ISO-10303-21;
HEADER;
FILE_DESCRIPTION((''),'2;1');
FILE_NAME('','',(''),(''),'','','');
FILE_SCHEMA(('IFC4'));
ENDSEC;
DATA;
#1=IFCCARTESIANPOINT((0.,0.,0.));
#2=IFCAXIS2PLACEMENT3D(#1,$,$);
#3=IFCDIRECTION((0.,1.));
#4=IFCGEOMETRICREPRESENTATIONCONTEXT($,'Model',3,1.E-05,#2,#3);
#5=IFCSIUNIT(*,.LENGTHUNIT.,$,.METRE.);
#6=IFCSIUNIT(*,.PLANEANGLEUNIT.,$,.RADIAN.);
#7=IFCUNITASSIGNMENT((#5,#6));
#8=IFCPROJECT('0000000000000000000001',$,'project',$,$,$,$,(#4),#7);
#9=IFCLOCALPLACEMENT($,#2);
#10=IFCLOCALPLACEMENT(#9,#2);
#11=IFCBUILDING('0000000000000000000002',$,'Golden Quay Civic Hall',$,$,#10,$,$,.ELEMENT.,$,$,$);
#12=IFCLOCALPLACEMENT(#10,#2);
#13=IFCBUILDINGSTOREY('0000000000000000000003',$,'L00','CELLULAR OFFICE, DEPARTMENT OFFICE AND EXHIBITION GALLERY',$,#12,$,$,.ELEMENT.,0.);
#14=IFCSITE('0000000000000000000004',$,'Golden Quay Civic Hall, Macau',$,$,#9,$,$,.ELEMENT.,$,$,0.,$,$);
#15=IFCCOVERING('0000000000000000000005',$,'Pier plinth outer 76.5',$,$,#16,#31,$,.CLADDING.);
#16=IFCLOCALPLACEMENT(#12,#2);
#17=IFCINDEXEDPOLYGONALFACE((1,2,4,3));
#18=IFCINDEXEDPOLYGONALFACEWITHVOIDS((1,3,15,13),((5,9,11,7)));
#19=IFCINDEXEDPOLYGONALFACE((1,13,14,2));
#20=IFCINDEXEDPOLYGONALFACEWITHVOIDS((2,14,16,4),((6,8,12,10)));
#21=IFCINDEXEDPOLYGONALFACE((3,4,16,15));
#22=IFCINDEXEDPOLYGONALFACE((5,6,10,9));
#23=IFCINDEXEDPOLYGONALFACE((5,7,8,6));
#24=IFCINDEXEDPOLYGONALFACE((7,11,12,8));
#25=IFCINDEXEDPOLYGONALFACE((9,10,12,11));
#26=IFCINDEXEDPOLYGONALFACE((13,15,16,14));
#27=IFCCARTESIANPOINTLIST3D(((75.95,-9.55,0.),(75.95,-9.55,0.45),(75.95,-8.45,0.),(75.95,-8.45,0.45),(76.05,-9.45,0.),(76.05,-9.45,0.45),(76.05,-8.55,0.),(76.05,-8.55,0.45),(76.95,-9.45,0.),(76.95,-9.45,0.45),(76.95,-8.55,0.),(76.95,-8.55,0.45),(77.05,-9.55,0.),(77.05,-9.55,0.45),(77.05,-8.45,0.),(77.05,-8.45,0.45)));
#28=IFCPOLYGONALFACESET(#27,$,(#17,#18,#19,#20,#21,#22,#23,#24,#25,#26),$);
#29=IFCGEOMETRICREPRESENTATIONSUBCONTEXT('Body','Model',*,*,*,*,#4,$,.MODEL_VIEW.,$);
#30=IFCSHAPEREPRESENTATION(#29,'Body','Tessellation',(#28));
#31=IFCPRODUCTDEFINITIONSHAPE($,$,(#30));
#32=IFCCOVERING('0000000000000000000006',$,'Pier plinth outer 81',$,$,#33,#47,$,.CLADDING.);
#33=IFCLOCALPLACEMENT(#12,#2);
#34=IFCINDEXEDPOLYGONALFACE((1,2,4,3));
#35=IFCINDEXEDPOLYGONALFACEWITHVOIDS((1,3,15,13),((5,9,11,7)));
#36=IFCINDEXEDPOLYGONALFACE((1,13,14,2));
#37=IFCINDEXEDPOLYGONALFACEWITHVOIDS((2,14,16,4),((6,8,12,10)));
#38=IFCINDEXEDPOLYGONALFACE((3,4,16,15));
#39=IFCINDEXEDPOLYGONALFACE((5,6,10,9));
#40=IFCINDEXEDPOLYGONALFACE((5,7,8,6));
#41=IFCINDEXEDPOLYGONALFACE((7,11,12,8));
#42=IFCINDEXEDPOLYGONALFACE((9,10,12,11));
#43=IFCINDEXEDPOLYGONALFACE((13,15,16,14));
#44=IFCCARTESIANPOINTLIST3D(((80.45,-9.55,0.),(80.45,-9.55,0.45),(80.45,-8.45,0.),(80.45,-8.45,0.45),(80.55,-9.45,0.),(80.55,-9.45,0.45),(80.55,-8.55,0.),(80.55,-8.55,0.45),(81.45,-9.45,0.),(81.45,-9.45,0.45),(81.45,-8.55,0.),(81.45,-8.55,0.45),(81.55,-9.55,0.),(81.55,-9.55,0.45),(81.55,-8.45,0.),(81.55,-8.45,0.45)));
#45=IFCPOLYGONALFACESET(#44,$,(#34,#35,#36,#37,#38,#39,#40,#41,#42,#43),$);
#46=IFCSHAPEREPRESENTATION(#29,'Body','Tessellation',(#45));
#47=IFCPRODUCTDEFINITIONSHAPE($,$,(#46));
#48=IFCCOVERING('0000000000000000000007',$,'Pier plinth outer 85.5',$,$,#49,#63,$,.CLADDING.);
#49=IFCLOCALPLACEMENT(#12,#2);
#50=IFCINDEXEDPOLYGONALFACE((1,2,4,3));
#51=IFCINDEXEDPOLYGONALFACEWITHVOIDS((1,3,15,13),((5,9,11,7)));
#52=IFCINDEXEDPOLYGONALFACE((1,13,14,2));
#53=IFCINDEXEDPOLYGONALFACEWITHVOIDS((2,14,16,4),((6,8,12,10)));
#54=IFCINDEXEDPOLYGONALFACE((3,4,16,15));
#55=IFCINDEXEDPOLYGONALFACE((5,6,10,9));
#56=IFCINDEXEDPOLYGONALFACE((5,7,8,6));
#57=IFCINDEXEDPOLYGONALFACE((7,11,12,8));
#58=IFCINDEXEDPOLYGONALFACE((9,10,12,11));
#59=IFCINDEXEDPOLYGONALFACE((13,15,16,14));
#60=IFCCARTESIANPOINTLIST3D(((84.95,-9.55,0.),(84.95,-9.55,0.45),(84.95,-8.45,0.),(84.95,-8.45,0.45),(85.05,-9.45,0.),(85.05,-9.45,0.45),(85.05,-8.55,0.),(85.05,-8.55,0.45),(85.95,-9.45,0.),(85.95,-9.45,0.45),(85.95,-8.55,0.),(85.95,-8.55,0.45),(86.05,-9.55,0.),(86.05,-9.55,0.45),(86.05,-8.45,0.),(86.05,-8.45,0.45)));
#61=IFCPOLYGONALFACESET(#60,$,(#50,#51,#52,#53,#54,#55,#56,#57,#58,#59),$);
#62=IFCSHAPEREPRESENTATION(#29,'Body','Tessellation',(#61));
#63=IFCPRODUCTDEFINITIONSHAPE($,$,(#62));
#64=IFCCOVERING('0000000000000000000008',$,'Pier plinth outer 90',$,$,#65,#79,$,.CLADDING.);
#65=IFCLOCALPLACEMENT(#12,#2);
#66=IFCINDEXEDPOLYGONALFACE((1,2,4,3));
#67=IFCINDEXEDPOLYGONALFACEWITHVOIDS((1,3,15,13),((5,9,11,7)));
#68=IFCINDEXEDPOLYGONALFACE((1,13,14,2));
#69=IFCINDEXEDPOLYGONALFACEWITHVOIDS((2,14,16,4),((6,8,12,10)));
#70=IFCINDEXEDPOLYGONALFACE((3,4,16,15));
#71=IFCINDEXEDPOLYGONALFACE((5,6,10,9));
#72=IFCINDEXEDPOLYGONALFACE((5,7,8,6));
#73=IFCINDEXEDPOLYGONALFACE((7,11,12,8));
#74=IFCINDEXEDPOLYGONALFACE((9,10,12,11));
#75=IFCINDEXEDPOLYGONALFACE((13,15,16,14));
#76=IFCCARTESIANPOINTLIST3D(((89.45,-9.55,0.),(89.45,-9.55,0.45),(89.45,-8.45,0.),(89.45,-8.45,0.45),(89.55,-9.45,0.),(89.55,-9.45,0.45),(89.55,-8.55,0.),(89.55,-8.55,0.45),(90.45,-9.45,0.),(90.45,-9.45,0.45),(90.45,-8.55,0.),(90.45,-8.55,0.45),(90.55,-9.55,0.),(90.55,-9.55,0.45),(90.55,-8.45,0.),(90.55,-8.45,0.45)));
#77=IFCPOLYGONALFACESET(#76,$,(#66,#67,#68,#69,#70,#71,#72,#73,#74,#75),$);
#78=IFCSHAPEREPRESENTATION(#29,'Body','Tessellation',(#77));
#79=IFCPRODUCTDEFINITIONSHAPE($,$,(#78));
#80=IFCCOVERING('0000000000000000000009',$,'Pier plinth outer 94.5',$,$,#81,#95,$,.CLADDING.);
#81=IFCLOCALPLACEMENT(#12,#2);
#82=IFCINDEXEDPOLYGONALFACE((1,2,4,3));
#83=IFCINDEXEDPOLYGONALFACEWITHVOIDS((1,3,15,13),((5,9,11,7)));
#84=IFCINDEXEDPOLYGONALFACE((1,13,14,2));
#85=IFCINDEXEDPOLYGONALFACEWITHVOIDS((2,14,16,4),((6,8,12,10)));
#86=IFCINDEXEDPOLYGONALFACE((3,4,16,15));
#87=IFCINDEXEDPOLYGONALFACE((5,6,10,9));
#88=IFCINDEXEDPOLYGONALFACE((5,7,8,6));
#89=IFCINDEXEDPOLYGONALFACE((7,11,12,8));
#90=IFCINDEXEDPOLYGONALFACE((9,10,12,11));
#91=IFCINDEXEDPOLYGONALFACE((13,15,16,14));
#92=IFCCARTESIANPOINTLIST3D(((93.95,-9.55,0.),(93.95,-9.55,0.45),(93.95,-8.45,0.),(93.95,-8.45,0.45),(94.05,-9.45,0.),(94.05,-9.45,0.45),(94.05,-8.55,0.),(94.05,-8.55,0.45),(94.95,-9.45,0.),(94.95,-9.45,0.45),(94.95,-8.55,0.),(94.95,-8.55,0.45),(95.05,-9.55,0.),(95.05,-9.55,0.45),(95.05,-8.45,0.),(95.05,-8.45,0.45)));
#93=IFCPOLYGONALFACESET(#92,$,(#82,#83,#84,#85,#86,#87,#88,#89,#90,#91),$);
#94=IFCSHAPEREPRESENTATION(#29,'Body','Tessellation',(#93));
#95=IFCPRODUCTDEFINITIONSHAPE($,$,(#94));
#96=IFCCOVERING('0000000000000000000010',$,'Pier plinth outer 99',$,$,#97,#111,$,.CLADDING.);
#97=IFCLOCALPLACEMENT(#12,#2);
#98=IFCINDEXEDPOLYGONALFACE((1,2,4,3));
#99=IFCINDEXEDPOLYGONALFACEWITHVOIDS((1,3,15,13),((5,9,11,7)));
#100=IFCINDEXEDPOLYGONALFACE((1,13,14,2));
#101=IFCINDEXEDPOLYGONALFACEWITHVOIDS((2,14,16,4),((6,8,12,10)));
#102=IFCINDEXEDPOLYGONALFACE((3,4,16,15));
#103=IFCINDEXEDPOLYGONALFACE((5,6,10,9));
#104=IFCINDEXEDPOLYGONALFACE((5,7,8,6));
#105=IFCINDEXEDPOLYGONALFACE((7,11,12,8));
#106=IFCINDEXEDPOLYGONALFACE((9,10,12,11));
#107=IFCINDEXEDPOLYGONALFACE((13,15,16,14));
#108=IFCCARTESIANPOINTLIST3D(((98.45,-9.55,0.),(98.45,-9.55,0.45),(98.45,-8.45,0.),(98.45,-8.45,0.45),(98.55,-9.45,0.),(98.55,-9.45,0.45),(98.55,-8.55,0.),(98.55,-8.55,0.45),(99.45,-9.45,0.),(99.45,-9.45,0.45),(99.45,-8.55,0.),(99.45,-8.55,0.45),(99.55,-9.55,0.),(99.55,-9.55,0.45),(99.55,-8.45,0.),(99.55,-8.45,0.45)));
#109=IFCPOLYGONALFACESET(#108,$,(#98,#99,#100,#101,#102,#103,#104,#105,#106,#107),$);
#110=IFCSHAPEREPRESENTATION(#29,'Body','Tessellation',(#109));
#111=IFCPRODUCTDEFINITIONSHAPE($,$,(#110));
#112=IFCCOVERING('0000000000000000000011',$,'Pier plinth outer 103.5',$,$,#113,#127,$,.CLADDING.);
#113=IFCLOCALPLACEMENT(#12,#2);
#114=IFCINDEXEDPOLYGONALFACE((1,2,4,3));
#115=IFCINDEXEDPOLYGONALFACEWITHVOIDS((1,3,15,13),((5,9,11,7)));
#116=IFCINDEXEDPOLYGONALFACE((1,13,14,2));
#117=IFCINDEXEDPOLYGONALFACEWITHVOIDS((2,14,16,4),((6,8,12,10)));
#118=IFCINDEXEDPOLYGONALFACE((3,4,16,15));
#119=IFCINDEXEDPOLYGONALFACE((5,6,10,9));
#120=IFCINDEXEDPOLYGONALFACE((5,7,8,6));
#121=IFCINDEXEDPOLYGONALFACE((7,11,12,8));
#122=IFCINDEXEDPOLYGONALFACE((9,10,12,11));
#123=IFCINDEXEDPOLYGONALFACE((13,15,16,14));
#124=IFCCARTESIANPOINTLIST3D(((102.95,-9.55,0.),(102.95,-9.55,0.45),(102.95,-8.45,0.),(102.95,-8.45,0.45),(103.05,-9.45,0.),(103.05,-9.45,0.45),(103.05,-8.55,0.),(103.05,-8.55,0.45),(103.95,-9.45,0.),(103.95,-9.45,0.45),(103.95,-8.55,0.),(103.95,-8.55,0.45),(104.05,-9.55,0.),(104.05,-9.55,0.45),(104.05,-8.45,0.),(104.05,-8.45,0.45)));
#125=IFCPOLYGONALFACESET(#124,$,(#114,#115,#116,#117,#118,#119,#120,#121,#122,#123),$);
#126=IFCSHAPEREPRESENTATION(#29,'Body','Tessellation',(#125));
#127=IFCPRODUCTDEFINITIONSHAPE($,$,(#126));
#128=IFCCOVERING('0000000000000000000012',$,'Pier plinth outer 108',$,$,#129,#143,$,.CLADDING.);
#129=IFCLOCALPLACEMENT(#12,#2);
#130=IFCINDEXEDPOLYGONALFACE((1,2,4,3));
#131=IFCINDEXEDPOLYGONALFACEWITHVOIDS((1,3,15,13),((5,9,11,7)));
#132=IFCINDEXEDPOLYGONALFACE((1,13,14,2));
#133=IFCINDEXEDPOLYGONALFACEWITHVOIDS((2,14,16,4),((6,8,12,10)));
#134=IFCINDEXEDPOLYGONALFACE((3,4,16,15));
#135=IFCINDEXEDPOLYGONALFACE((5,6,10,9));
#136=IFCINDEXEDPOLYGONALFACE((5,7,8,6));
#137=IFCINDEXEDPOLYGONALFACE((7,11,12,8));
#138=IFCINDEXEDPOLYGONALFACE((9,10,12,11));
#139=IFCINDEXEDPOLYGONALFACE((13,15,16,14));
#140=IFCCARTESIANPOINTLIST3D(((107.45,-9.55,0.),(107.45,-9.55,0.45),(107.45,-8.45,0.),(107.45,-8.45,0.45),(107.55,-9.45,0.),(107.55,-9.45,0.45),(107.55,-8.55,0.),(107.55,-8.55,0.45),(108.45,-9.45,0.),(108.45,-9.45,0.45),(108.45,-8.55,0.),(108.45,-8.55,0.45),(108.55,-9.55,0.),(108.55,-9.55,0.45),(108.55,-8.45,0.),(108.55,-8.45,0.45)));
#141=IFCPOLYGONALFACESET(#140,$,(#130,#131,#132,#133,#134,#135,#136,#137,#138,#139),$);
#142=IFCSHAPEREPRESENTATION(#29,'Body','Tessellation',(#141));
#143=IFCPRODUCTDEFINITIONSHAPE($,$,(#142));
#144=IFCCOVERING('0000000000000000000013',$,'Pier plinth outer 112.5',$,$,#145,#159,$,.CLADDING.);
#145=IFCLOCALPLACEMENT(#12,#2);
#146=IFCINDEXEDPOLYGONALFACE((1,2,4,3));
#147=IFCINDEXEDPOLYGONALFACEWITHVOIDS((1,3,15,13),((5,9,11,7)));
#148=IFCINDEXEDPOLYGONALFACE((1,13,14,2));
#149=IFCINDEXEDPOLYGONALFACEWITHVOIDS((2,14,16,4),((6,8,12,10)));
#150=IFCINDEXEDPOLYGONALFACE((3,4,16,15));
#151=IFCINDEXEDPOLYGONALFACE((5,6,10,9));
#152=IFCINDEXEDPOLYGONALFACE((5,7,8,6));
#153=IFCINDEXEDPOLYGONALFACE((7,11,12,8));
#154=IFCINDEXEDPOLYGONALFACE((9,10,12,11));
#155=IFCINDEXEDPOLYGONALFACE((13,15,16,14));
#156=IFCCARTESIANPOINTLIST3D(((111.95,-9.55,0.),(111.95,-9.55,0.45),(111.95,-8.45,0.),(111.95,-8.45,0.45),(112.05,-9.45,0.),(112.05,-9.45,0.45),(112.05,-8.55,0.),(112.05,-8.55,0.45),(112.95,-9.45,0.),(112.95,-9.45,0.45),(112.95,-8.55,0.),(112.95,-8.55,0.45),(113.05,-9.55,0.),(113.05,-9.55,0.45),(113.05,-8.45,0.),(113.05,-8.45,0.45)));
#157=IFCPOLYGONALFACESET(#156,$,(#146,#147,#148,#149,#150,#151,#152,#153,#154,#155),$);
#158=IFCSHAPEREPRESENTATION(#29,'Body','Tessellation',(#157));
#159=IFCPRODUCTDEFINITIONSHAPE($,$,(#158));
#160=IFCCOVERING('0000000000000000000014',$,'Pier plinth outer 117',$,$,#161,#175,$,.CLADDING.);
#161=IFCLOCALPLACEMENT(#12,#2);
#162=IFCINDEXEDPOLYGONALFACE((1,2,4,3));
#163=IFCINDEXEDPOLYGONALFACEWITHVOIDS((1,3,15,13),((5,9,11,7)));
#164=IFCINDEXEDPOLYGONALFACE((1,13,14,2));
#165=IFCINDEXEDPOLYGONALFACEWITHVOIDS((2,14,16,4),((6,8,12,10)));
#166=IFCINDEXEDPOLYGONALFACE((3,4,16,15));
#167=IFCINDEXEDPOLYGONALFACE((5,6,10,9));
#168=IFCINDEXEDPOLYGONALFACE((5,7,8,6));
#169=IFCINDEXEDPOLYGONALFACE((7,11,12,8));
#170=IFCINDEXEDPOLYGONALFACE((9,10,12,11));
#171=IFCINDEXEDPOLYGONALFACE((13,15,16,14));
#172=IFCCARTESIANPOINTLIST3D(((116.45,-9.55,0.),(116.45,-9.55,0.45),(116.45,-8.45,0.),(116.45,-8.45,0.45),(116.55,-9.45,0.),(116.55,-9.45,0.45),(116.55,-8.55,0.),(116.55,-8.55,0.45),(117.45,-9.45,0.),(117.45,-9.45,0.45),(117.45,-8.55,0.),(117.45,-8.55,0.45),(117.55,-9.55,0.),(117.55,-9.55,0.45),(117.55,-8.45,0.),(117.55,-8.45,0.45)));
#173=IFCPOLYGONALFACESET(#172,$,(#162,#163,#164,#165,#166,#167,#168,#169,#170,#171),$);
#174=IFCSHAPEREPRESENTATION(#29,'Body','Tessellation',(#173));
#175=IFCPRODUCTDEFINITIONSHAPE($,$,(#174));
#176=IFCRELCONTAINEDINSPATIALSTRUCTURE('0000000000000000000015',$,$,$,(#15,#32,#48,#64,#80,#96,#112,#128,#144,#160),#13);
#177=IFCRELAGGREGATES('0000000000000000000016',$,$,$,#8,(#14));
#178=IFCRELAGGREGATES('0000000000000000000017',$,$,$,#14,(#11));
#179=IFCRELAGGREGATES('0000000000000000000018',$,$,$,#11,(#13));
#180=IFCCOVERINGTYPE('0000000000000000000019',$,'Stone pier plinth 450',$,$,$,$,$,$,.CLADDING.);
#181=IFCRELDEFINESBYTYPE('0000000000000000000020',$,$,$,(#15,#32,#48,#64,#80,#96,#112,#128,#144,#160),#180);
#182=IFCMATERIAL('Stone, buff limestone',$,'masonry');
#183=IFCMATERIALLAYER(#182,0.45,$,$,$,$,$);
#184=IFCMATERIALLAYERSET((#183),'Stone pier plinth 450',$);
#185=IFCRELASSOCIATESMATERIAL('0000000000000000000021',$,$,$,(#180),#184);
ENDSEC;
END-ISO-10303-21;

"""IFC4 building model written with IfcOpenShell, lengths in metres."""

from ifc_helpers import new_model, si_unit, direction, origin, place, context, subcontext, project, spatial, polyline, outline, extrude, material, layer, layer_set, type_object, element, save


model = new_model("IFC4")

# Units and contexts
model_context = context("Model", 3, precision=1e-05, world=origin(), true_north=direction((0.0, 1.0)))
body_context = subcontext(model_context, "Body", "Model", "MODEL_VIEW")
ifc_project = project(units=[si_unit("LENGTHUNIT", "METRE"), si_unit("PLANEANGLEUNIT", "RADIAN")], contexts=[model_context])

# Site, building, storey
site_placement = place(None, origin())
site = spatial("IfcSite", under=ifc_project, at=site_placement, Name="Golden Quay Civic Hall, Macau", CompositionType="ELEMENT", RefElevation=0.0)
building_placement = place(site_placement, origin())
building = spatial("IfcBuilding", under=site, at=building_placement, Name="Golden Quay Civic Hall", CompositionType="ELEMENT")
storey_placement = place(building_placement, origin())
storey = spatial("IfcBuildingStorey", under=building, at=storey_placement, Name="L00", Description="CELLULAR OFFICE, DEPARTMENT OFFICE AND EXHIBITION GALLERY", CompositionType="ELEMENT", Elevation=0.0)

# Coverings
ifc_material_1 = material(Name="Stone, buff limestone", Category="masonry")
ifc_layer_1 = layer(ifc_material_1, 0.45)
ifc_layer_set_1 = layer_set([ifc_layer_1], Name="Stone pier plinth 450")
covering_type = type_object("IfcCoveringType", Name="Stone pier plinth 450", PredefinedType="CLADDING", material=ifc_layer_set_1)
covering_1_placement = place(storey_placement, origin())
element("IfcCovering", 1, at=covering_1_placement, inside=storey, type_object=covering_type, Name="Pier plinth outer 76.5", PredefinedType="CLADDING", context=body_context, shape_type="SweptSolid", body=[
    extrude(outline(polyline([(75.95, -9.55), (77.05, -9.55), (77.05, -8.45), (75.95, -8.45), (75.95, -9.55)]), holes=[polyline([(76.05, -9.45), (76.95, -9.45), (76.95, -8.55), (76.05, -8.55), (76.05, -9.45)])]), origin(), (0.0, 0.0, 1.0), 0.45),
])
covering_2_placement = place(storey_placement, origin())
element("IfcCovering", 2, at=covering_2_placement, inside=storey, type_object=covering_type, Name="Pier plinth outer 81", PredefinedType="CLADDING", context=body_context, shape_type="SweptSolid", body=[
    extrude(outline(polyline([(80.45, -9.55), (81.55, -9.55), (81.55, -8.45), (80.45, -8.45), (80.45, -9.55)]), holes=[polyline([(80.55, -9.45), (81.45, -9.45), (81.45, -8.55), (80.55, -8.55), (80.55, -9.45)])]), origin(), (0.0, 0.0, 1.0), 0.45),
])
covering_3_placement = place(storey_placement, origin())
element("IfcCovering", 3, at=covering_3_placement, inside=storey, type_object=covering_type, Name="Pier plinth outer 85.5", PredefinedType="CLADDING", context=body_context, shape_type="SweptSolid", body=[
    extrude(outline(polyline([(84.95, -9.55), (86.05, -9.55), (86.05, -8.45), (84.95, -8.45), (84.95, -9.55)]), holes=[polyline([(85.05, -9.45), (85.95, -9.45), (85.95, -8.55), (85.05, -8.55), (85.05, -9.45)])]), origin(), (0.0, 0.0, 1.0), 0.45),
])
covering_4_placement = place(storey_placement, origin())
element("IfcCovering", 4, at=covering_4_placement, inside=storey, type_object=covering_type, Name="Pier plinth outer 90", PredefinedType="CLADDING", context=body_context, shape_type="SweptSolid", body=[
    extrude(outline(polyline([(89.45, -9.55), (90.55, -9.55), (90.55, -8.45), (89.45, -8.45), (89.45, -9.55)]), holes=[polyline([(89.55, -9.45), (90.45, -9.45), (90.45, -8.55), (89.55, -8.55), (89.55, -9.45)])]), origin(), (0.0, 0.0, 1.0), 0.45),
])
covering_5_placement = place(storey_placement, origin())
element("IfcCovering", 5, at=covering_5_placement, inside=storey, type_object=covering_type, Name="Pier plinth outer 94.5", PredefinedType="CLADDING", context=body_context, shape_type="SweptSolid", body=[
    extrude(outline(polyline([(93.95, -9.55), (95.05, -9.55), (95.05, -8.45), (93.95, -8.45), (93.95, -9.55)]), holes=[polyline([(94.05, -9.45), (94.95, -9.45), (94.95, -8.55), (94.05, -8.55), (94.05, -9.45)])]), origin(), (0.0, 0.0, 1.0), 0.45),
])
covering_6_placement = place(storey_placement, origin())
element("IfcCovering", 6, at=covering_6_placement, inside=storey, type_object=covering_type, Name="Pier plinth outer 99", PredefinedType="CLADDING", context=body_context, shape_type="SweptSolid", body=[
    extrude(outline(polyline([(98.45, -9.55), (99.55, -9.55), (99.55, -8.45), (98.45, -8.45), (98.45, -9.55)]), holes=[polyline([(98.55, -9.45), (99.45, -9.45), (99.45, -8.55), (98.55, -8.55), (98.55, -9.45)])]), origin(), (0.0, 0.0, 1.0), 0.45),
])
covering_7_placement = place(storey_placement, origin())
element("IfcCovering", 7, at=covering_7_placement, inside=storey, type_object=covering_type, Name="Pier plinth outer 103.5", PredefinedType="CLADDING", context=body_context, shape_type="SweptSolid", body=[
    extrude(outline(polyline([(102.95, -9.55), (104.05, -9.55), (104.05, -8.45), (102.95, -8.45), (102.95, -9.55)]), holes=[polyline([(103.05, -9.45), (103.95, -9.45), (103.95, -8.55), (103.05, -8.55), (103.05, -9.45)])]), origin(), (0.0, 0.0, 1.0), 0.45),
])
covering_8_placement = place(storey_placement, origin())
element("IfcCovering", 8, at=covering_8_placement, inside=storey, type_object=covering_type, Name="Pier plinth outer 108", PredefinedType="CLADDING", context=body_context, shape_type="SweptSolid", body=[
    extrude(outline(polyline([(107.45, -9.55), (108.55, -9.55), (108.55, -8.45), (107.45, -8.45), (107.45, -9.55)]), holes=[polyline([(107.55, -9.45), (108.45, -9.45), (108.45, -8.55), (107.55, -8.55), (107.55, -9.45)])]), origin(), (0.0, 0.0, 1.0), 0.45),
])
covering_9_placement = place(storey_placement, origin())
element("IfcCovering", 9, at=covering_9_placement, inside=storey, type_object=covering_type, Name="Pier plinth outer 112.5", PredefinedType="CLADDING", context=body_context, shape_type="SweptSolid", body=[
    extrude(outline(polyline([(111.95, -9.55), (113.05, -9.55), (113.05, -8.45), (111.95, -8.45), (111.95, -9.55)]), holes=[polyline([(112.05, -9.45), (112.95, -9.45), (112.95, -8.55), (112.05, -8.55), (112.05, -9.45)])]), origin(), (0.0, 0.0, 1.0), 0.45),
])
covering_10_placement = place(storey_placement, origin())
element("IfcCovering", 10, at=covering_10_placement, inside=storey, type_object=covering_type, Name="Pier plinth outer 117", PredefinedType="CLADDING", context=body_context, shape_type="SweptSolid", body=[
    extrude(outline(polyline([(116.45, -9.55), (117.55, -9.55), (117.55, -8.45), (116.45, -8.45), (116.45, -9.55)]), holes=[polyline([(116.55, -9.45), (117.45, -9.45), (117.45, -8.55), (116.55, -8.55), (116.55, -9.45)])]), origin(), (0.0, 0.0, 1.0), 0.45),
])

save(model, "model.ifc")
